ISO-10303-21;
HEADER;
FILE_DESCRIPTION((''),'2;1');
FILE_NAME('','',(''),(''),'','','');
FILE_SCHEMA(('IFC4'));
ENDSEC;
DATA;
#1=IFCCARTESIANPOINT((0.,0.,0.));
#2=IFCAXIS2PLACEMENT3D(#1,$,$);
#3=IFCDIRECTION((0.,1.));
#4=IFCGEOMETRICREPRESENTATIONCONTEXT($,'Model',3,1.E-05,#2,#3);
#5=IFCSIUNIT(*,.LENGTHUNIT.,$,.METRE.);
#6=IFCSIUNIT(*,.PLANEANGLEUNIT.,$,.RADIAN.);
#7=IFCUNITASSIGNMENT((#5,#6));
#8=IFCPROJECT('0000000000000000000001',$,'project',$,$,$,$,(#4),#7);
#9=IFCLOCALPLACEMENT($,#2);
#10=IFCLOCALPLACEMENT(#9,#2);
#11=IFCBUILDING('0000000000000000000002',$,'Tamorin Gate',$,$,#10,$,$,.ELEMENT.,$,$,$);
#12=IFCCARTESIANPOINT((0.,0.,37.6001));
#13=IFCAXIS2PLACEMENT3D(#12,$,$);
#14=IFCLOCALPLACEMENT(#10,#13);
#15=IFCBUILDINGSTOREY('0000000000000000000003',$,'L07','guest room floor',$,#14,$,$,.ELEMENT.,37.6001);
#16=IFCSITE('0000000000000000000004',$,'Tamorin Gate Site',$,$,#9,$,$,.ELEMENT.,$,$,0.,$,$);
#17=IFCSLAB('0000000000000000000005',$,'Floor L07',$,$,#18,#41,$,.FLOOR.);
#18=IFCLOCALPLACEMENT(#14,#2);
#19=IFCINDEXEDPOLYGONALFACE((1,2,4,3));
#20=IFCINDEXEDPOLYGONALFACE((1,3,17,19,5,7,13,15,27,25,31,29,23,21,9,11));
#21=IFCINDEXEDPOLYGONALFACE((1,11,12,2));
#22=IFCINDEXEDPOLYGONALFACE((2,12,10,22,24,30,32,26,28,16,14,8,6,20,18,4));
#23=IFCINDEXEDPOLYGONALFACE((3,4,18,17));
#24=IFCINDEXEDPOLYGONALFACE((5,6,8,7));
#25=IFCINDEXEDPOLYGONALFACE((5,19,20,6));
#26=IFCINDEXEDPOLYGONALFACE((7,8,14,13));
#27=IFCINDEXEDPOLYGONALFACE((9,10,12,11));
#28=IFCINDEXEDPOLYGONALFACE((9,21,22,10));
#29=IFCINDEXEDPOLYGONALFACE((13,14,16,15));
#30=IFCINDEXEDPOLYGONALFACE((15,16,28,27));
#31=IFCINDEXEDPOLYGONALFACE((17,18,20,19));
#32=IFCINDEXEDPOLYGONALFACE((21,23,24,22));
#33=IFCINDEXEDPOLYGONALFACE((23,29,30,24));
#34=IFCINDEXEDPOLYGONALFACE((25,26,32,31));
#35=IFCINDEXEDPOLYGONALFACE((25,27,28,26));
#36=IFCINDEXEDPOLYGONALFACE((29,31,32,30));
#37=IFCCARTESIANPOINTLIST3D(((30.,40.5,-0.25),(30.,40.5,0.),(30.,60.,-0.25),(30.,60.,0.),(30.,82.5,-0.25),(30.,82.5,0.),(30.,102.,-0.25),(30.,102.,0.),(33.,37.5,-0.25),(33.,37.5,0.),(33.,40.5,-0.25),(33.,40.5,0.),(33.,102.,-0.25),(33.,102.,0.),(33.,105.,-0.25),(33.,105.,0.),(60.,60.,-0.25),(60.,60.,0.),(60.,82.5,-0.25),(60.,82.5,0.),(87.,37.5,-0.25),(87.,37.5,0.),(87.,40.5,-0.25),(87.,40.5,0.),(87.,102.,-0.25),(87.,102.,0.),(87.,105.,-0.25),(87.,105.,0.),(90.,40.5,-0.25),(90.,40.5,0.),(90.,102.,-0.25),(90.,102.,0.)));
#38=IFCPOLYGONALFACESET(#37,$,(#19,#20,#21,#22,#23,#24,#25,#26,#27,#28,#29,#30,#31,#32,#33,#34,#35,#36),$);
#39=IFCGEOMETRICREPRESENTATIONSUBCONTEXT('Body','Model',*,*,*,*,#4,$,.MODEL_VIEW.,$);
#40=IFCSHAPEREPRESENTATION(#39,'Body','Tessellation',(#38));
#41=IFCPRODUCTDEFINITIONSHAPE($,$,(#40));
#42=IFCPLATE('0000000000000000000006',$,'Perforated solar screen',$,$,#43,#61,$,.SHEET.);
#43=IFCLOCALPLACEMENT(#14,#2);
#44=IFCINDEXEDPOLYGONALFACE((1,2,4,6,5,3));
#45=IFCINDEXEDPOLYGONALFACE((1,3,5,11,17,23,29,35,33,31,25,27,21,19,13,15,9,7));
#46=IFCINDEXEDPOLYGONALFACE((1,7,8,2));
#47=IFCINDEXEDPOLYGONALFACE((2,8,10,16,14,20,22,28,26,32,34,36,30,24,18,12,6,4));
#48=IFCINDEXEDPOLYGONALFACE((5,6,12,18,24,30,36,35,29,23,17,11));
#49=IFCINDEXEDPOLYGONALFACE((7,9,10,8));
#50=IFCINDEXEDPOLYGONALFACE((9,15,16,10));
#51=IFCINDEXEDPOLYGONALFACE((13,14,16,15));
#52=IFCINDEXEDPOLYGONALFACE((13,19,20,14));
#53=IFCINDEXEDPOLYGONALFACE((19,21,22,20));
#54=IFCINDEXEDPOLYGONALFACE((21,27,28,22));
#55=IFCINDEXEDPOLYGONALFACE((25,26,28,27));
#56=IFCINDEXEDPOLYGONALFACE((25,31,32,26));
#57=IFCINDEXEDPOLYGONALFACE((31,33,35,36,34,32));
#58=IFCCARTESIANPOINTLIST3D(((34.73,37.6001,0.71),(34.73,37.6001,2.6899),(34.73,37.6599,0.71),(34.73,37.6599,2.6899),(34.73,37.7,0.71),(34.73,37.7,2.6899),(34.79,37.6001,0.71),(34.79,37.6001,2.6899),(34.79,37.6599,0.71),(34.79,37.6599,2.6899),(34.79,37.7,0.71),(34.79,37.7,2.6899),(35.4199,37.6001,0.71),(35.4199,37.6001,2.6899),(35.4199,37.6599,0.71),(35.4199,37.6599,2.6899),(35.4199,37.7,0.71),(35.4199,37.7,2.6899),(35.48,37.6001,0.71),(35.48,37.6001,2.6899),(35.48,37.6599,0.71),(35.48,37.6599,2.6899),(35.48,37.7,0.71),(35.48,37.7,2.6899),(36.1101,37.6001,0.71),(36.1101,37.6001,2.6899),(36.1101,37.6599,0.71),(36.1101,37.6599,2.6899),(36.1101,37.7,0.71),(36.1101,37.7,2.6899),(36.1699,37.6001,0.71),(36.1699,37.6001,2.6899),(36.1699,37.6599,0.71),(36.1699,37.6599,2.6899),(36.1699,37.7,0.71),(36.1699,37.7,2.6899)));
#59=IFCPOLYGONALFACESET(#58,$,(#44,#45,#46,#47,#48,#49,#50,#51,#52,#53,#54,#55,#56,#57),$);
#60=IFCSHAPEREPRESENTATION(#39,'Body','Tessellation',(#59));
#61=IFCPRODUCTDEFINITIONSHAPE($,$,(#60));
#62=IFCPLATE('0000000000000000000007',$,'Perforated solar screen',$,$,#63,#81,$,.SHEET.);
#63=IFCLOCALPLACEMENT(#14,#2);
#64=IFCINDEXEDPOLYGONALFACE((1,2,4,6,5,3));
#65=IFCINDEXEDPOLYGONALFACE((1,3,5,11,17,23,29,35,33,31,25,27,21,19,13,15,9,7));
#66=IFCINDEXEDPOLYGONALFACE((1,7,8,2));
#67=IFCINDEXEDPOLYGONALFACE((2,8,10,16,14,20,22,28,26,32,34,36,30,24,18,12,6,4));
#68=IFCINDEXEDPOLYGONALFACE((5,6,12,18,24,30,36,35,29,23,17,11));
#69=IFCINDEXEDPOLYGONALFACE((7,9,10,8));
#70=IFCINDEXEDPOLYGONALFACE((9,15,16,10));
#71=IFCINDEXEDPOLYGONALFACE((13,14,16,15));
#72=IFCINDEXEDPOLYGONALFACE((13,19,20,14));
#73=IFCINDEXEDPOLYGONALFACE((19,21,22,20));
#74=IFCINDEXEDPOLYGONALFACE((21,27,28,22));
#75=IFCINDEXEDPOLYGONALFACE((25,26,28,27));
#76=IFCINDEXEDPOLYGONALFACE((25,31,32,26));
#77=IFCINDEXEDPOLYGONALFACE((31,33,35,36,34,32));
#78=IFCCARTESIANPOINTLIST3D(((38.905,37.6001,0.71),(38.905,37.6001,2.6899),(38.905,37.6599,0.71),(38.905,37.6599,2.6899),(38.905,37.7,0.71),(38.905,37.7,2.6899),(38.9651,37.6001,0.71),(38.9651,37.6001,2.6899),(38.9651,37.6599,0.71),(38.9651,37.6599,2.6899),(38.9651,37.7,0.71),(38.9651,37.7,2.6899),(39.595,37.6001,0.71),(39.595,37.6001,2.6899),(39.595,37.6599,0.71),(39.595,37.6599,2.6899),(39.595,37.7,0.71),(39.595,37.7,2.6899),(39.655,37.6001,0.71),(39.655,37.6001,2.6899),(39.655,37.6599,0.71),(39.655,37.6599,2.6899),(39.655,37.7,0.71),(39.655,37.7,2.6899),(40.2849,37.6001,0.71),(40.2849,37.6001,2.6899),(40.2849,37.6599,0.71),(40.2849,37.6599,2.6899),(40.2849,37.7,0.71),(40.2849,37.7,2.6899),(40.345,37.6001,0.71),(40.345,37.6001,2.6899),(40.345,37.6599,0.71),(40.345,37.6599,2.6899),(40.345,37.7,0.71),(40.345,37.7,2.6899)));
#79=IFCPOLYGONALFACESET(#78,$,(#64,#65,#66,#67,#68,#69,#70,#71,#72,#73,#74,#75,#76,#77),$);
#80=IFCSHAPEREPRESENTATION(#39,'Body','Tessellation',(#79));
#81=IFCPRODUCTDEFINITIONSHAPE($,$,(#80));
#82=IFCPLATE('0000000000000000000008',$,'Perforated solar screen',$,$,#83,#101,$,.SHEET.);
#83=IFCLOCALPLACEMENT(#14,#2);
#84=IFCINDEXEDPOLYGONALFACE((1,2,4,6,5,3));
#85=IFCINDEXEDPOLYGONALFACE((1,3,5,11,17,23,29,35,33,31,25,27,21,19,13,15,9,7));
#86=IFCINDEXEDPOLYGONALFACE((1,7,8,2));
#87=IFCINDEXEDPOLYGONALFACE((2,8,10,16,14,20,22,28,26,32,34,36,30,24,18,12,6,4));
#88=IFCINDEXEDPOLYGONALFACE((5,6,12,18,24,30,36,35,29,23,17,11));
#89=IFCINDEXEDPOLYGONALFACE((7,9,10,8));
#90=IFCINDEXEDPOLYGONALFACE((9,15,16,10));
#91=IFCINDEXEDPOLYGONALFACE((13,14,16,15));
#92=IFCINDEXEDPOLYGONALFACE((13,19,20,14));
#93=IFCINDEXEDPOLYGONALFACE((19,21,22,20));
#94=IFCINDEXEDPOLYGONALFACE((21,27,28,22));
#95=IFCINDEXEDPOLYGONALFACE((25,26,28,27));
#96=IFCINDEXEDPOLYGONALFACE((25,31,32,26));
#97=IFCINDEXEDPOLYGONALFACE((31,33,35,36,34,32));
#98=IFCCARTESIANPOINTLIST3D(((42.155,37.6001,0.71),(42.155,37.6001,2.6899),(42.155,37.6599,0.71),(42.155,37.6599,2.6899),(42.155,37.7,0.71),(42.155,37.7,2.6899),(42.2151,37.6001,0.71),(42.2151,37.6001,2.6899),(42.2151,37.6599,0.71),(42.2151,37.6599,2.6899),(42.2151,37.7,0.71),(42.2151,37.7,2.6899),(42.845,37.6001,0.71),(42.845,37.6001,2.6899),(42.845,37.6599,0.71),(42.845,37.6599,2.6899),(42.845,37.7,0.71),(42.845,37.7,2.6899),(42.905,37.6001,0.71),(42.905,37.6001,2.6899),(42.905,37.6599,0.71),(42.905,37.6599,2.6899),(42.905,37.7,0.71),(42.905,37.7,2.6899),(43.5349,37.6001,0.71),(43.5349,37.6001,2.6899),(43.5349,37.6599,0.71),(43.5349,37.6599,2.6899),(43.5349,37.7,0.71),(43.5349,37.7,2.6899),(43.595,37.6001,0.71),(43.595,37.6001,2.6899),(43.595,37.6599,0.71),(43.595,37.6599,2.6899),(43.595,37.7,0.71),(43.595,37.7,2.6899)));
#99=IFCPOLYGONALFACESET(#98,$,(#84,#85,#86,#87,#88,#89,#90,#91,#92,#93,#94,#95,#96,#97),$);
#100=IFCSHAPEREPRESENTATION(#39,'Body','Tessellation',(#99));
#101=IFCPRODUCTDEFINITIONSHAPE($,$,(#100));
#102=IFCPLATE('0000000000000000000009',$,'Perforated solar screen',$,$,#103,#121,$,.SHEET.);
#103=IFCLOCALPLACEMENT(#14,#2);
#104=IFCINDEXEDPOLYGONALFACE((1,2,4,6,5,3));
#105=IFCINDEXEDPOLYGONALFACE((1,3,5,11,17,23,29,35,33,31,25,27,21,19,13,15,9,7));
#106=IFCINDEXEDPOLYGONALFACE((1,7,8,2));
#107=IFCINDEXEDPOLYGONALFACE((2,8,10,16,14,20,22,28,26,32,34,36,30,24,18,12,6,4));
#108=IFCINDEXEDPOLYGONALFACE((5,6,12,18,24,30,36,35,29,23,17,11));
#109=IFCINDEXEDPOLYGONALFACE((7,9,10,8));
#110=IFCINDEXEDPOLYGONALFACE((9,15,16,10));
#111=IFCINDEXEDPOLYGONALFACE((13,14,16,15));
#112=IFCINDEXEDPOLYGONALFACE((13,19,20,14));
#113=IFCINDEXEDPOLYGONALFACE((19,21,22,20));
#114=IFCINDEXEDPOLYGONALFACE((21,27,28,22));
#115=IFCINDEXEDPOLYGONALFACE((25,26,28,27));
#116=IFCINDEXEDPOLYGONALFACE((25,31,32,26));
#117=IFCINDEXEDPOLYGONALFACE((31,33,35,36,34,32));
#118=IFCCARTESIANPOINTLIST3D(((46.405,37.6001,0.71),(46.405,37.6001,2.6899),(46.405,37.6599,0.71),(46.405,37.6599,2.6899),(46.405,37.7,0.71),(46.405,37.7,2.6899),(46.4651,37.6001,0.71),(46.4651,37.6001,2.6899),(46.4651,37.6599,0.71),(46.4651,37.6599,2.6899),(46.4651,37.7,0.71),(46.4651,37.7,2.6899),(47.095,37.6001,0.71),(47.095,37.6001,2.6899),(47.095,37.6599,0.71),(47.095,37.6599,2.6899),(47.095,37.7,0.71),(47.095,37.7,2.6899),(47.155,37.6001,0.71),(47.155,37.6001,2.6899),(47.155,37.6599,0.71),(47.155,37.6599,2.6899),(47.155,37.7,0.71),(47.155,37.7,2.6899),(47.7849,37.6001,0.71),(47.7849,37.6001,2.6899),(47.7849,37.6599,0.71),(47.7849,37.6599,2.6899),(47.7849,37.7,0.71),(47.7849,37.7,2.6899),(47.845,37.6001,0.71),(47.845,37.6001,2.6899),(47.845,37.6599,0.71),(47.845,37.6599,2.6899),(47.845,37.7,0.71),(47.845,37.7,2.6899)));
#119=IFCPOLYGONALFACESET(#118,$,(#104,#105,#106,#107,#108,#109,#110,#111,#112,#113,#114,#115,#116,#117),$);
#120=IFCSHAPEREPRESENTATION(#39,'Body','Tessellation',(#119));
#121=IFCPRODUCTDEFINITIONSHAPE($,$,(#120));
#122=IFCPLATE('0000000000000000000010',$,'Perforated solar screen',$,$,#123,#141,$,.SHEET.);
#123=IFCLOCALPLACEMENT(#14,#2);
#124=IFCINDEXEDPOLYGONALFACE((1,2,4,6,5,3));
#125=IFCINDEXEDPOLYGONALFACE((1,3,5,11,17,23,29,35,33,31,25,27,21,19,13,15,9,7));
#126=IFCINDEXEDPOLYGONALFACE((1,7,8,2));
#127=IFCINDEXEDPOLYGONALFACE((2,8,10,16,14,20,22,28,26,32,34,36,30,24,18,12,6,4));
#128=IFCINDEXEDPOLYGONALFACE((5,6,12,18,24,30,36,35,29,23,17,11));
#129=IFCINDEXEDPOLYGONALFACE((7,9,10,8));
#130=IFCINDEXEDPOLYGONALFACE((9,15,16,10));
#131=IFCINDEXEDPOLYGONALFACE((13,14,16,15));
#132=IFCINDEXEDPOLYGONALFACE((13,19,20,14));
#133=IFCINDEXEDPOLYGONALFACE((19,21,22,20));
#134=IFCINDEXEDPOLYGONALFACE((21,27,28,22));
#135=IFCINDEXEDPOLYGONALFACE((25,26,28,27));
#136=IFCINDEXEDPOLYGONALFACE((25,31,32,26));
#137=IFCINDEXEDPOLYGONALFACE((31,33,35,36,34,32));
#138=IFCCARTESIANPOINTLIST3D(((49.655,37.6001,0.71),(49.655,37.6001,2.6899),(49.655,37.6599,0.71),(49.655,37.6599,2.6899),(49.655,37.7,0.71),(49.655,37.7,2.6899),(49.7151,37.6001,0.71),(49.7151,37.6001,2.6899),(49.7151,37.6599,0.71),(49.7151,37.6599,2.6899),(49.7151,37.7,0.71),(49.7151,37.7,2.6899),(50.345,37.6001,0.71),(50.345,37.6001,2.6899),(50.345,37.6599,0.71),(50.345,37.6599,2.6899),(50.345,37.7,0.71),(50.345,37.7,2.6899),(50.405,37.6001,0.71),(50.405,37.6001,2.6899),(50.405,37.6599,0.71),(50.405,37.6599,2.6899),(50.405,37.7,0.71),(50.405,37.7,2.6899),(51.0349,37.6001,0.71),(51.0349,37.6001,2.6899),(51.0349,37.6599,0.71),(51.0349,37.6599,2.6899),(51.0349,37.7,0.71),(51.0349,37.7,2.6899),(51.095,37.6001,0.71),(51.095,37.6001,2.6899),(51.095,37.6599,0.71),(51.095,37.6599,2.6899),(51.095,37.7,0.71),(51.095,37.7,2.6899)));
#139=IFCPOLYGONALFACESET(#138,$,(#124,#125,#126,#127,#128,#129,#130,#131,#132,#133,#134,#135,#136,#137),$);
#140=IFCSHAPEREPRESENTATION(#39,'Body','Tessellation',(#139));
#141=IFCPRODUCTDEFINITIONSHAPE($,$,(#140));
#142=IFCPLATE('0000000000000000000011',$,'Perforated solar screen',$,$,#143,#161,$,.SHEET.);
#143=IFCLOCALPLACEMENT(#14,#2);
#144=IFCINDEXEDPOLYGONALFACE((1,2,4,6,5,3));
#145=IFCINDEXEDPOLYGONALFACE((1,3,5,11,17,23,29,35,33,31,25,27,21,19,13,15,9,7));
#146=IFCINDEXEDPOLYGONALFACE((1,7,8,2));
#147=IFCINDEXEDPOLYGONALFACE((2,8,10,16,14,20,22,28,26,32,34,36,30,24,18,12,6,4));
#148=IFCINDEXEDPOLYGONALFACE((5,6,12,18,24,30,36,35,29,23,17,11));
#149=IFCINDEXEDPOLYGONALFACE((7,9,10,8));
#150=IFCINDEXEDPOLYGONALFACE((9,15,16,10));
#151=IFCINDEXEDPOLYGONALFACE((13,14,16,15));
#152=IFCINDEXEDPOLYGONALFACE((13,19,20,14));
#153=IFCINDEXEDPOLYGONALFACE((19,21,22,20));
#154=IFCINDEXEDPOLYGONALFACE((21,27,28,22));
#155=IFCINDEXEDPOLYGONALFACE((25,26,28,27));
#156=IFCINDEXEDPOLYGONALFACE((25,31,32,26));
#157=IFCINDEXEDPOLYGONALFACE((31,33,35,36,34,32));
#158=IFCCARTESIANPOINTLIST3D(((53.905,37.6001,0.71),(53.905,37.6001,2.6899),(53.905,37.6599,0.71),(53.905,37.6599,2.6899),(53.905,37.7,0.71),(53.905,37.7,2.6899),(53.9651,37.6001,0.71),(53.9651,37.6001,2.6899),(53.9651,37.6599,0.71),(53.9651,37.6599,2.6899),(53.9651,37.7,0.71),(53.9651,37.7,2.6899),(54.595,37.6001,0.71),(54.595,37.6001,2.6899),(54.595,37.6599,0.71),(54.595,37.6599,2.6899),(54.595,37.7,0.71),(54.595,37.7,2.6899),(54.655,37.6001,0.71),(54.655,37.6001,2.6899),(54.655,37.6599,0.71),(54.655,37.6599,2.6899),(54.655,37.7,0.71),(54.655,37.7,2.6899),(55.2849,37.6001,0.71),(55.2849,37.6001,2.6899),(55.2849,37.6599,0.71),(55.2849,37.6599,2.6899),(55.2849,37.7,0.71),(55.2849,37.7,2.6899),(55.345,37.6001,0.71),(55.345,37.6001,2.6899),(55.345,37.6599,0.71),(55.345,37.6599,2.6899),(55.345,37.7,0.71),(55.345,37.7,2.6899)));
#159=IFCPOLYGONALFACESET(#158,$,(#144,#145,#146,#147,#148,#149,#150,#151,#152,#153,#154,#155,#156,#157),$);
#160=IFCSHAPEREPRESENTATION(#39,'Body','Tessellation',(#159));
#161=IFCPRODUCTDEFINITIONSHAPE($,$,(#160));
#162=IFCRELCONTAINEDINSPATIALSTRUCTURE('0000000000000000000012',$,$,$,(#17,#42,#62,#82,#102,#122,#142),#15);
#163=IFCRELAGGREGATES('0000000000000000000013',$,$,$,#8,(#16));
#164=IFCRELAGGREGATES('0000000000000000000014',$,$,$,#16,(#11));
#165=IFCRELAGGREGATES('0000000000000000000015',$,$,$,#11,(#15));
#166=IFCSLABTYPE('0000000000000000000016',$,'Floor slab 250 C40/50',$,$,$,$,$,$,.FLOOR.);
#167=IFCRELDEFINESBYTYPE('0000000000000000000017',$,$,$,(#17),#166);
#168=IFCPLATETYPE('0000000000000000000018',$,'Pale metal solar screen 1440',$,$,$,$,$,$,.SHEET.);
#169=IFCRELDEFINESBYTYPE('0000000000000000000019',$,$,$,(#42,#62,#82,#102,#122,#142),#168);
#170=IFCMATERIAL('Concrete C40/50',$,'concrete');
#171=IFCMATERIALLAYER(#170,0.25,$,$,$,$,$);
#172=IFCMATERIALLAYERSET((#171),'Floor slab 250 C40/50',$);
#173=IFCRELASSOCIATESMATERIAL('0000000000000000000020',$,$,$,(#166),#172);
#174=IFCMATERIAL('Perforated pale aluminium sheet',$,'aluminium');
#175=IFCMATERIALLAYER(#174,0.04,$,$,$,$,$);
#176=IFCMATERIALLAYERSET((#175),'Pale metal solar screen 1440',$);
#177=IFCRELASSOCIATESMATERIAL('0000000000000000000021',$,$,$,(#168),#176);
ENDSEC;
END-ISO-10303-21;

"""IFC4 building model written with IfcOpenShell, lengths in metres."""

from ifc_helpers import new_model, si_unit, direction, frame, origin, place, context, subcontext, project, spatial, polyline, outline, extrude, material, layer, layer_set, type_object, element, save


model = new_model("IFC4")

# Units and contexts
model_context = context("Model", 3, precision=1e-05, world=origin(), true_north=direction((0.0, 1.0)))
body_context = subcontext(model_context, "Body", "Model", "MODEL_VIEW")
ifc_project = project(units=[si_unit("LENGTHUNIT", "METRE"), si_unit("PLANEANGLEUNIT", "RADIAN")], contexts=[model_context])

# Site, building, storey
site_placement = place(None, origin())
site = spatial("IfcSite", under=ifc_project, at=site_placement, Name="Tamorin Gate Site", CompositionType="ELEMENT", RefElevation=0.0)
building_placement = place(site_placement, origin())
building = spatial("IfcBuilding", under=site, at=building_placement, Name="Tamorin Gate", CompositionType="ELEMENT")
storey_placement = place(building_placement, frame((0.0, 0.0, 37.6001)))
storey = spatial("IfcBuildingStorey", under=building, at=storey_placement, Name="L07", Description="guest room floor", CompositionType="ELEMENT", Elevation=37.6001)

# Slab
ifc_material_1 = material(Name="Concrete C40/50", Category="concrete")
ifc_layer_1 = layer(ifc_material_1, 0.25)
ifc_layer_set_1 = layer_set([ifc_layer_1], Name="Floor slab 250 C40/50")
slab_type = type_object("IfcSlabType", Name="Floor slab 250 C40/50", PredefinedType="FLOOR", material=ifc_layer_set_1)
slab_placement = place(storey_placement, frame((0.0, 0.0, -0.25)))
element("IfcSlab", 1, at=slab_placement, inside=storey, type_object=slab_type, Name="Floor L07", PredefinedType="FLOOR", context=body_context, shape_type="SweptSolid", body=[
    extrude(outline(polyline([(30.0, 102.0), (33.0, 102.0), (33.0, 105.0), (87.0, 105.0), (87.0, 102.0), (90.0, 102.0), (90.0, 40.5), (87.0, 40.5), (87.0, 37.5), (33.0, 37.5), (33.0, 40.5), (30.0, 40.5), (30.0, 60.0), (60.0, 60.0), (60.0, 82.5), (30.0, 82.5), (30.0, 102.0)])), origin(), (0.0, 0.0, 1.0), 0.25),
])

# Plates
ifc_material_2 = material(Name="Perforated pale aluminium sheet", Category="aluminium")
ifc_layer_2 = layer(ifc_material_2, 0.04)
ifc_layer_set_2 = layer_set([ifc_layer_2], Name="Pale metal solar screen 1440")
plate_type = type_object("IfcPlateType", Name="Pale metal solar screen 1440", PredefinedType="SHEET", material=ifc_layer_set_2)
plate_1_placement = place(storey_placement, frame((0.0, 0.0, 0.71)))
element("IfcPlate", 2, at=plate_1_placement, inside=storey, type_object=plate_type, Name="Perforated solar screen", PredefinedType="SHEET", context=body_context, shape_type="SweptSolid", body=[
    extrude(outline(polyline([(34.73, 37.6599), (34.73, 37.7), (34.79, 37.7), (35.4199, 37.7), (35.48, 37.7), (36.1101, 37.7), (36.1699, 37.7), (36.1699, 37.6599), (36.1699, 37.6001), (36.1101, 37.6001), (36.1101, 37.6599), (35.48, 37.6599), (35.48, 37.6001), (35.4199, 37.6001), (35.4199, 37.6599), (34.79, 37.6599), (34.79, 37.6001), (34.73, 37.6001), (34.73, 37.6599)])), origin(), (0.0, 0.0, 1.0), 1.98),
])
plate_2_placement = place(storey_placement, frame((0.0, 0.0, 0.71)))
element("IfcPlate", 3, at=plate_2_placement, inside=storey, type_object=plate_type, Name="Perforated solar screen", PredefinedType="SHEET", context=body_context, shape_type="SweptSolid", body=[
    extrude(outline(polyline([(38.905, 37.6599), (38.905, 37.7), (38.9651, 37.7), (39.595, 37.7), (39.655, 37.7), (40.2849, 37.7), (40.345, 37.7), (40.345, 37.7), (40.345, 37.6599), (40.345, 37.6599), (40.345, 37.6001), (40.2849, 37.6001), (40.2849, 37.6599), (39.655, 37.6599), (39.655, 37.6001), (39.595, 37.6001), (39.595, 37.6599), (38.9651, 37.6599), (38.9651, 37.6001), (38.905, 37.6001), (38.905, 37.6599)])), origin(), (0.0, 0.0, 1.0), 1.98),
])
plate_3_placement = place(storey_placement, frame((0.0, 0.0, 0.71)))
element("IfcPlate", 4, at=plate_3_placement, inside=storey, type_object=plate_type, Name="Perforated solar screen", PredefinedType="SHEET", context=body_context, shape_type="SweptSolid", body=[
    extrude(outline(polyline([(42.155, 37.6599), (42.155, 37.7), (42.2151, 37.7), (42.845, 37.7), (42.905, 37.7), (43.5349, 37.7), (43.595, 37.7), (43.595, 37.6599), (43.595, 37.6001), (43.5349, 37.6001), (43.5349, 37.6599), (42.905, 37.6599), (42.905, 37.6001), (42.845, 37.6001), (42.845, 37.6599), (42.2151, 37.6599), (42.2151, 37.6001), (42.155, 37.6001), (42.155, 37.6599)])), origin(), (0.0, 0.0, 1.0), 1.98),
])
plate_4_placement = place(storey_placement, frame((0.0, 0.0, 0.71)))
element("IfcPlate", 5, at=plate_4_placement, inside=storey, type_object=plate_type, Name="Perforated solar screen", PredefinedType="SHEET", context=body_context, shape_type="SweptSolid", body=[
    extrude(outline(polyline([(46.405, 37.6599), (46.405, 37.7), (46.4651, 37.7), (47.095, 37.7), (47.155, 37.7), (47.7849, 37.7), (47.845, 37.7), (47.845, 37.6599), (47.845, 37.6001), (47.7849, 37.6001), (47.7849, 37.6599), (47.155, 37.6599), (47.155, 37.6001), (47.095, 37.6001), (47.095, 37.6599), (46.4651, 37.6599), (46.4651, 37.6001), (46.405, 37.6001), (46.405, 37.6599)])), origin(), (0.0, 0.0, 1.0), 1.98),
])
plate_5_placement = place(storey_placement, frame((0.0, 0.0, 0.71)))
element("IfcPlate", 6, at=plate_5_placement, inside=storey, type_object=plate_type, Name="Perforated solar screen", PredefinedType="SHEET", context=body_context, shape_type="SweptSolid", body=[
    extrude(outline(polyline([(49.655, 37.6599), (49.655, 37.7), (49.7151, 37.7), (50.345, 37.7), (50.405, 37.7), (51.0349, 37.7), (51.095, 37.7), (51.095, 37.6599), (51.095, 37.6001), (51.0349, 37.6001), (51.0349, 37.6599), (50.405, 37.6599), (50.405, 37.6001), (50.345, 37.6001), (50.345, 37.6599), (49.7151, 37.6599), (49.7151, 37.6001), (49.655, 37.6001), (49.655, 37.6599)])), origin(), (0.0, 0.0, 1.0), 1.98),
])
plate_6_placement = place(storey_placement, frame((0.0, 0.0, 0.71)))
element("IfcPlate", 7, at=plate_6_placement, inside=storey, type_object=plate_type, Name="Perforated solar screen", PredefinedType="SHEET", context=body_context, shape_type="SweptSolid", body=[
    extrude(outline(polyline([(53.905, 37.6599), (53.905, 37.7), (53.9651, 37.7), (54.595, 37.7), (54.655, 37.7), (55.2849, 37.7), (55.345, 37.7), (55.345, 37.6599), (55.345, 37.6001), (55.2849, 37.6001), (55.2849, 37.6599), (54.655, 37.6599), (54.655, 37.6001), (54.595, 37.6001), (54.595, 37.6599), (53.9651, 37.6599), (53.9651, 37.6001), (53.905, 37.6001), (53.905, 37.6599)])), origin(), (0.0, 0.0, 1.0), 1.98),
])

save(model, "model.ifc")
